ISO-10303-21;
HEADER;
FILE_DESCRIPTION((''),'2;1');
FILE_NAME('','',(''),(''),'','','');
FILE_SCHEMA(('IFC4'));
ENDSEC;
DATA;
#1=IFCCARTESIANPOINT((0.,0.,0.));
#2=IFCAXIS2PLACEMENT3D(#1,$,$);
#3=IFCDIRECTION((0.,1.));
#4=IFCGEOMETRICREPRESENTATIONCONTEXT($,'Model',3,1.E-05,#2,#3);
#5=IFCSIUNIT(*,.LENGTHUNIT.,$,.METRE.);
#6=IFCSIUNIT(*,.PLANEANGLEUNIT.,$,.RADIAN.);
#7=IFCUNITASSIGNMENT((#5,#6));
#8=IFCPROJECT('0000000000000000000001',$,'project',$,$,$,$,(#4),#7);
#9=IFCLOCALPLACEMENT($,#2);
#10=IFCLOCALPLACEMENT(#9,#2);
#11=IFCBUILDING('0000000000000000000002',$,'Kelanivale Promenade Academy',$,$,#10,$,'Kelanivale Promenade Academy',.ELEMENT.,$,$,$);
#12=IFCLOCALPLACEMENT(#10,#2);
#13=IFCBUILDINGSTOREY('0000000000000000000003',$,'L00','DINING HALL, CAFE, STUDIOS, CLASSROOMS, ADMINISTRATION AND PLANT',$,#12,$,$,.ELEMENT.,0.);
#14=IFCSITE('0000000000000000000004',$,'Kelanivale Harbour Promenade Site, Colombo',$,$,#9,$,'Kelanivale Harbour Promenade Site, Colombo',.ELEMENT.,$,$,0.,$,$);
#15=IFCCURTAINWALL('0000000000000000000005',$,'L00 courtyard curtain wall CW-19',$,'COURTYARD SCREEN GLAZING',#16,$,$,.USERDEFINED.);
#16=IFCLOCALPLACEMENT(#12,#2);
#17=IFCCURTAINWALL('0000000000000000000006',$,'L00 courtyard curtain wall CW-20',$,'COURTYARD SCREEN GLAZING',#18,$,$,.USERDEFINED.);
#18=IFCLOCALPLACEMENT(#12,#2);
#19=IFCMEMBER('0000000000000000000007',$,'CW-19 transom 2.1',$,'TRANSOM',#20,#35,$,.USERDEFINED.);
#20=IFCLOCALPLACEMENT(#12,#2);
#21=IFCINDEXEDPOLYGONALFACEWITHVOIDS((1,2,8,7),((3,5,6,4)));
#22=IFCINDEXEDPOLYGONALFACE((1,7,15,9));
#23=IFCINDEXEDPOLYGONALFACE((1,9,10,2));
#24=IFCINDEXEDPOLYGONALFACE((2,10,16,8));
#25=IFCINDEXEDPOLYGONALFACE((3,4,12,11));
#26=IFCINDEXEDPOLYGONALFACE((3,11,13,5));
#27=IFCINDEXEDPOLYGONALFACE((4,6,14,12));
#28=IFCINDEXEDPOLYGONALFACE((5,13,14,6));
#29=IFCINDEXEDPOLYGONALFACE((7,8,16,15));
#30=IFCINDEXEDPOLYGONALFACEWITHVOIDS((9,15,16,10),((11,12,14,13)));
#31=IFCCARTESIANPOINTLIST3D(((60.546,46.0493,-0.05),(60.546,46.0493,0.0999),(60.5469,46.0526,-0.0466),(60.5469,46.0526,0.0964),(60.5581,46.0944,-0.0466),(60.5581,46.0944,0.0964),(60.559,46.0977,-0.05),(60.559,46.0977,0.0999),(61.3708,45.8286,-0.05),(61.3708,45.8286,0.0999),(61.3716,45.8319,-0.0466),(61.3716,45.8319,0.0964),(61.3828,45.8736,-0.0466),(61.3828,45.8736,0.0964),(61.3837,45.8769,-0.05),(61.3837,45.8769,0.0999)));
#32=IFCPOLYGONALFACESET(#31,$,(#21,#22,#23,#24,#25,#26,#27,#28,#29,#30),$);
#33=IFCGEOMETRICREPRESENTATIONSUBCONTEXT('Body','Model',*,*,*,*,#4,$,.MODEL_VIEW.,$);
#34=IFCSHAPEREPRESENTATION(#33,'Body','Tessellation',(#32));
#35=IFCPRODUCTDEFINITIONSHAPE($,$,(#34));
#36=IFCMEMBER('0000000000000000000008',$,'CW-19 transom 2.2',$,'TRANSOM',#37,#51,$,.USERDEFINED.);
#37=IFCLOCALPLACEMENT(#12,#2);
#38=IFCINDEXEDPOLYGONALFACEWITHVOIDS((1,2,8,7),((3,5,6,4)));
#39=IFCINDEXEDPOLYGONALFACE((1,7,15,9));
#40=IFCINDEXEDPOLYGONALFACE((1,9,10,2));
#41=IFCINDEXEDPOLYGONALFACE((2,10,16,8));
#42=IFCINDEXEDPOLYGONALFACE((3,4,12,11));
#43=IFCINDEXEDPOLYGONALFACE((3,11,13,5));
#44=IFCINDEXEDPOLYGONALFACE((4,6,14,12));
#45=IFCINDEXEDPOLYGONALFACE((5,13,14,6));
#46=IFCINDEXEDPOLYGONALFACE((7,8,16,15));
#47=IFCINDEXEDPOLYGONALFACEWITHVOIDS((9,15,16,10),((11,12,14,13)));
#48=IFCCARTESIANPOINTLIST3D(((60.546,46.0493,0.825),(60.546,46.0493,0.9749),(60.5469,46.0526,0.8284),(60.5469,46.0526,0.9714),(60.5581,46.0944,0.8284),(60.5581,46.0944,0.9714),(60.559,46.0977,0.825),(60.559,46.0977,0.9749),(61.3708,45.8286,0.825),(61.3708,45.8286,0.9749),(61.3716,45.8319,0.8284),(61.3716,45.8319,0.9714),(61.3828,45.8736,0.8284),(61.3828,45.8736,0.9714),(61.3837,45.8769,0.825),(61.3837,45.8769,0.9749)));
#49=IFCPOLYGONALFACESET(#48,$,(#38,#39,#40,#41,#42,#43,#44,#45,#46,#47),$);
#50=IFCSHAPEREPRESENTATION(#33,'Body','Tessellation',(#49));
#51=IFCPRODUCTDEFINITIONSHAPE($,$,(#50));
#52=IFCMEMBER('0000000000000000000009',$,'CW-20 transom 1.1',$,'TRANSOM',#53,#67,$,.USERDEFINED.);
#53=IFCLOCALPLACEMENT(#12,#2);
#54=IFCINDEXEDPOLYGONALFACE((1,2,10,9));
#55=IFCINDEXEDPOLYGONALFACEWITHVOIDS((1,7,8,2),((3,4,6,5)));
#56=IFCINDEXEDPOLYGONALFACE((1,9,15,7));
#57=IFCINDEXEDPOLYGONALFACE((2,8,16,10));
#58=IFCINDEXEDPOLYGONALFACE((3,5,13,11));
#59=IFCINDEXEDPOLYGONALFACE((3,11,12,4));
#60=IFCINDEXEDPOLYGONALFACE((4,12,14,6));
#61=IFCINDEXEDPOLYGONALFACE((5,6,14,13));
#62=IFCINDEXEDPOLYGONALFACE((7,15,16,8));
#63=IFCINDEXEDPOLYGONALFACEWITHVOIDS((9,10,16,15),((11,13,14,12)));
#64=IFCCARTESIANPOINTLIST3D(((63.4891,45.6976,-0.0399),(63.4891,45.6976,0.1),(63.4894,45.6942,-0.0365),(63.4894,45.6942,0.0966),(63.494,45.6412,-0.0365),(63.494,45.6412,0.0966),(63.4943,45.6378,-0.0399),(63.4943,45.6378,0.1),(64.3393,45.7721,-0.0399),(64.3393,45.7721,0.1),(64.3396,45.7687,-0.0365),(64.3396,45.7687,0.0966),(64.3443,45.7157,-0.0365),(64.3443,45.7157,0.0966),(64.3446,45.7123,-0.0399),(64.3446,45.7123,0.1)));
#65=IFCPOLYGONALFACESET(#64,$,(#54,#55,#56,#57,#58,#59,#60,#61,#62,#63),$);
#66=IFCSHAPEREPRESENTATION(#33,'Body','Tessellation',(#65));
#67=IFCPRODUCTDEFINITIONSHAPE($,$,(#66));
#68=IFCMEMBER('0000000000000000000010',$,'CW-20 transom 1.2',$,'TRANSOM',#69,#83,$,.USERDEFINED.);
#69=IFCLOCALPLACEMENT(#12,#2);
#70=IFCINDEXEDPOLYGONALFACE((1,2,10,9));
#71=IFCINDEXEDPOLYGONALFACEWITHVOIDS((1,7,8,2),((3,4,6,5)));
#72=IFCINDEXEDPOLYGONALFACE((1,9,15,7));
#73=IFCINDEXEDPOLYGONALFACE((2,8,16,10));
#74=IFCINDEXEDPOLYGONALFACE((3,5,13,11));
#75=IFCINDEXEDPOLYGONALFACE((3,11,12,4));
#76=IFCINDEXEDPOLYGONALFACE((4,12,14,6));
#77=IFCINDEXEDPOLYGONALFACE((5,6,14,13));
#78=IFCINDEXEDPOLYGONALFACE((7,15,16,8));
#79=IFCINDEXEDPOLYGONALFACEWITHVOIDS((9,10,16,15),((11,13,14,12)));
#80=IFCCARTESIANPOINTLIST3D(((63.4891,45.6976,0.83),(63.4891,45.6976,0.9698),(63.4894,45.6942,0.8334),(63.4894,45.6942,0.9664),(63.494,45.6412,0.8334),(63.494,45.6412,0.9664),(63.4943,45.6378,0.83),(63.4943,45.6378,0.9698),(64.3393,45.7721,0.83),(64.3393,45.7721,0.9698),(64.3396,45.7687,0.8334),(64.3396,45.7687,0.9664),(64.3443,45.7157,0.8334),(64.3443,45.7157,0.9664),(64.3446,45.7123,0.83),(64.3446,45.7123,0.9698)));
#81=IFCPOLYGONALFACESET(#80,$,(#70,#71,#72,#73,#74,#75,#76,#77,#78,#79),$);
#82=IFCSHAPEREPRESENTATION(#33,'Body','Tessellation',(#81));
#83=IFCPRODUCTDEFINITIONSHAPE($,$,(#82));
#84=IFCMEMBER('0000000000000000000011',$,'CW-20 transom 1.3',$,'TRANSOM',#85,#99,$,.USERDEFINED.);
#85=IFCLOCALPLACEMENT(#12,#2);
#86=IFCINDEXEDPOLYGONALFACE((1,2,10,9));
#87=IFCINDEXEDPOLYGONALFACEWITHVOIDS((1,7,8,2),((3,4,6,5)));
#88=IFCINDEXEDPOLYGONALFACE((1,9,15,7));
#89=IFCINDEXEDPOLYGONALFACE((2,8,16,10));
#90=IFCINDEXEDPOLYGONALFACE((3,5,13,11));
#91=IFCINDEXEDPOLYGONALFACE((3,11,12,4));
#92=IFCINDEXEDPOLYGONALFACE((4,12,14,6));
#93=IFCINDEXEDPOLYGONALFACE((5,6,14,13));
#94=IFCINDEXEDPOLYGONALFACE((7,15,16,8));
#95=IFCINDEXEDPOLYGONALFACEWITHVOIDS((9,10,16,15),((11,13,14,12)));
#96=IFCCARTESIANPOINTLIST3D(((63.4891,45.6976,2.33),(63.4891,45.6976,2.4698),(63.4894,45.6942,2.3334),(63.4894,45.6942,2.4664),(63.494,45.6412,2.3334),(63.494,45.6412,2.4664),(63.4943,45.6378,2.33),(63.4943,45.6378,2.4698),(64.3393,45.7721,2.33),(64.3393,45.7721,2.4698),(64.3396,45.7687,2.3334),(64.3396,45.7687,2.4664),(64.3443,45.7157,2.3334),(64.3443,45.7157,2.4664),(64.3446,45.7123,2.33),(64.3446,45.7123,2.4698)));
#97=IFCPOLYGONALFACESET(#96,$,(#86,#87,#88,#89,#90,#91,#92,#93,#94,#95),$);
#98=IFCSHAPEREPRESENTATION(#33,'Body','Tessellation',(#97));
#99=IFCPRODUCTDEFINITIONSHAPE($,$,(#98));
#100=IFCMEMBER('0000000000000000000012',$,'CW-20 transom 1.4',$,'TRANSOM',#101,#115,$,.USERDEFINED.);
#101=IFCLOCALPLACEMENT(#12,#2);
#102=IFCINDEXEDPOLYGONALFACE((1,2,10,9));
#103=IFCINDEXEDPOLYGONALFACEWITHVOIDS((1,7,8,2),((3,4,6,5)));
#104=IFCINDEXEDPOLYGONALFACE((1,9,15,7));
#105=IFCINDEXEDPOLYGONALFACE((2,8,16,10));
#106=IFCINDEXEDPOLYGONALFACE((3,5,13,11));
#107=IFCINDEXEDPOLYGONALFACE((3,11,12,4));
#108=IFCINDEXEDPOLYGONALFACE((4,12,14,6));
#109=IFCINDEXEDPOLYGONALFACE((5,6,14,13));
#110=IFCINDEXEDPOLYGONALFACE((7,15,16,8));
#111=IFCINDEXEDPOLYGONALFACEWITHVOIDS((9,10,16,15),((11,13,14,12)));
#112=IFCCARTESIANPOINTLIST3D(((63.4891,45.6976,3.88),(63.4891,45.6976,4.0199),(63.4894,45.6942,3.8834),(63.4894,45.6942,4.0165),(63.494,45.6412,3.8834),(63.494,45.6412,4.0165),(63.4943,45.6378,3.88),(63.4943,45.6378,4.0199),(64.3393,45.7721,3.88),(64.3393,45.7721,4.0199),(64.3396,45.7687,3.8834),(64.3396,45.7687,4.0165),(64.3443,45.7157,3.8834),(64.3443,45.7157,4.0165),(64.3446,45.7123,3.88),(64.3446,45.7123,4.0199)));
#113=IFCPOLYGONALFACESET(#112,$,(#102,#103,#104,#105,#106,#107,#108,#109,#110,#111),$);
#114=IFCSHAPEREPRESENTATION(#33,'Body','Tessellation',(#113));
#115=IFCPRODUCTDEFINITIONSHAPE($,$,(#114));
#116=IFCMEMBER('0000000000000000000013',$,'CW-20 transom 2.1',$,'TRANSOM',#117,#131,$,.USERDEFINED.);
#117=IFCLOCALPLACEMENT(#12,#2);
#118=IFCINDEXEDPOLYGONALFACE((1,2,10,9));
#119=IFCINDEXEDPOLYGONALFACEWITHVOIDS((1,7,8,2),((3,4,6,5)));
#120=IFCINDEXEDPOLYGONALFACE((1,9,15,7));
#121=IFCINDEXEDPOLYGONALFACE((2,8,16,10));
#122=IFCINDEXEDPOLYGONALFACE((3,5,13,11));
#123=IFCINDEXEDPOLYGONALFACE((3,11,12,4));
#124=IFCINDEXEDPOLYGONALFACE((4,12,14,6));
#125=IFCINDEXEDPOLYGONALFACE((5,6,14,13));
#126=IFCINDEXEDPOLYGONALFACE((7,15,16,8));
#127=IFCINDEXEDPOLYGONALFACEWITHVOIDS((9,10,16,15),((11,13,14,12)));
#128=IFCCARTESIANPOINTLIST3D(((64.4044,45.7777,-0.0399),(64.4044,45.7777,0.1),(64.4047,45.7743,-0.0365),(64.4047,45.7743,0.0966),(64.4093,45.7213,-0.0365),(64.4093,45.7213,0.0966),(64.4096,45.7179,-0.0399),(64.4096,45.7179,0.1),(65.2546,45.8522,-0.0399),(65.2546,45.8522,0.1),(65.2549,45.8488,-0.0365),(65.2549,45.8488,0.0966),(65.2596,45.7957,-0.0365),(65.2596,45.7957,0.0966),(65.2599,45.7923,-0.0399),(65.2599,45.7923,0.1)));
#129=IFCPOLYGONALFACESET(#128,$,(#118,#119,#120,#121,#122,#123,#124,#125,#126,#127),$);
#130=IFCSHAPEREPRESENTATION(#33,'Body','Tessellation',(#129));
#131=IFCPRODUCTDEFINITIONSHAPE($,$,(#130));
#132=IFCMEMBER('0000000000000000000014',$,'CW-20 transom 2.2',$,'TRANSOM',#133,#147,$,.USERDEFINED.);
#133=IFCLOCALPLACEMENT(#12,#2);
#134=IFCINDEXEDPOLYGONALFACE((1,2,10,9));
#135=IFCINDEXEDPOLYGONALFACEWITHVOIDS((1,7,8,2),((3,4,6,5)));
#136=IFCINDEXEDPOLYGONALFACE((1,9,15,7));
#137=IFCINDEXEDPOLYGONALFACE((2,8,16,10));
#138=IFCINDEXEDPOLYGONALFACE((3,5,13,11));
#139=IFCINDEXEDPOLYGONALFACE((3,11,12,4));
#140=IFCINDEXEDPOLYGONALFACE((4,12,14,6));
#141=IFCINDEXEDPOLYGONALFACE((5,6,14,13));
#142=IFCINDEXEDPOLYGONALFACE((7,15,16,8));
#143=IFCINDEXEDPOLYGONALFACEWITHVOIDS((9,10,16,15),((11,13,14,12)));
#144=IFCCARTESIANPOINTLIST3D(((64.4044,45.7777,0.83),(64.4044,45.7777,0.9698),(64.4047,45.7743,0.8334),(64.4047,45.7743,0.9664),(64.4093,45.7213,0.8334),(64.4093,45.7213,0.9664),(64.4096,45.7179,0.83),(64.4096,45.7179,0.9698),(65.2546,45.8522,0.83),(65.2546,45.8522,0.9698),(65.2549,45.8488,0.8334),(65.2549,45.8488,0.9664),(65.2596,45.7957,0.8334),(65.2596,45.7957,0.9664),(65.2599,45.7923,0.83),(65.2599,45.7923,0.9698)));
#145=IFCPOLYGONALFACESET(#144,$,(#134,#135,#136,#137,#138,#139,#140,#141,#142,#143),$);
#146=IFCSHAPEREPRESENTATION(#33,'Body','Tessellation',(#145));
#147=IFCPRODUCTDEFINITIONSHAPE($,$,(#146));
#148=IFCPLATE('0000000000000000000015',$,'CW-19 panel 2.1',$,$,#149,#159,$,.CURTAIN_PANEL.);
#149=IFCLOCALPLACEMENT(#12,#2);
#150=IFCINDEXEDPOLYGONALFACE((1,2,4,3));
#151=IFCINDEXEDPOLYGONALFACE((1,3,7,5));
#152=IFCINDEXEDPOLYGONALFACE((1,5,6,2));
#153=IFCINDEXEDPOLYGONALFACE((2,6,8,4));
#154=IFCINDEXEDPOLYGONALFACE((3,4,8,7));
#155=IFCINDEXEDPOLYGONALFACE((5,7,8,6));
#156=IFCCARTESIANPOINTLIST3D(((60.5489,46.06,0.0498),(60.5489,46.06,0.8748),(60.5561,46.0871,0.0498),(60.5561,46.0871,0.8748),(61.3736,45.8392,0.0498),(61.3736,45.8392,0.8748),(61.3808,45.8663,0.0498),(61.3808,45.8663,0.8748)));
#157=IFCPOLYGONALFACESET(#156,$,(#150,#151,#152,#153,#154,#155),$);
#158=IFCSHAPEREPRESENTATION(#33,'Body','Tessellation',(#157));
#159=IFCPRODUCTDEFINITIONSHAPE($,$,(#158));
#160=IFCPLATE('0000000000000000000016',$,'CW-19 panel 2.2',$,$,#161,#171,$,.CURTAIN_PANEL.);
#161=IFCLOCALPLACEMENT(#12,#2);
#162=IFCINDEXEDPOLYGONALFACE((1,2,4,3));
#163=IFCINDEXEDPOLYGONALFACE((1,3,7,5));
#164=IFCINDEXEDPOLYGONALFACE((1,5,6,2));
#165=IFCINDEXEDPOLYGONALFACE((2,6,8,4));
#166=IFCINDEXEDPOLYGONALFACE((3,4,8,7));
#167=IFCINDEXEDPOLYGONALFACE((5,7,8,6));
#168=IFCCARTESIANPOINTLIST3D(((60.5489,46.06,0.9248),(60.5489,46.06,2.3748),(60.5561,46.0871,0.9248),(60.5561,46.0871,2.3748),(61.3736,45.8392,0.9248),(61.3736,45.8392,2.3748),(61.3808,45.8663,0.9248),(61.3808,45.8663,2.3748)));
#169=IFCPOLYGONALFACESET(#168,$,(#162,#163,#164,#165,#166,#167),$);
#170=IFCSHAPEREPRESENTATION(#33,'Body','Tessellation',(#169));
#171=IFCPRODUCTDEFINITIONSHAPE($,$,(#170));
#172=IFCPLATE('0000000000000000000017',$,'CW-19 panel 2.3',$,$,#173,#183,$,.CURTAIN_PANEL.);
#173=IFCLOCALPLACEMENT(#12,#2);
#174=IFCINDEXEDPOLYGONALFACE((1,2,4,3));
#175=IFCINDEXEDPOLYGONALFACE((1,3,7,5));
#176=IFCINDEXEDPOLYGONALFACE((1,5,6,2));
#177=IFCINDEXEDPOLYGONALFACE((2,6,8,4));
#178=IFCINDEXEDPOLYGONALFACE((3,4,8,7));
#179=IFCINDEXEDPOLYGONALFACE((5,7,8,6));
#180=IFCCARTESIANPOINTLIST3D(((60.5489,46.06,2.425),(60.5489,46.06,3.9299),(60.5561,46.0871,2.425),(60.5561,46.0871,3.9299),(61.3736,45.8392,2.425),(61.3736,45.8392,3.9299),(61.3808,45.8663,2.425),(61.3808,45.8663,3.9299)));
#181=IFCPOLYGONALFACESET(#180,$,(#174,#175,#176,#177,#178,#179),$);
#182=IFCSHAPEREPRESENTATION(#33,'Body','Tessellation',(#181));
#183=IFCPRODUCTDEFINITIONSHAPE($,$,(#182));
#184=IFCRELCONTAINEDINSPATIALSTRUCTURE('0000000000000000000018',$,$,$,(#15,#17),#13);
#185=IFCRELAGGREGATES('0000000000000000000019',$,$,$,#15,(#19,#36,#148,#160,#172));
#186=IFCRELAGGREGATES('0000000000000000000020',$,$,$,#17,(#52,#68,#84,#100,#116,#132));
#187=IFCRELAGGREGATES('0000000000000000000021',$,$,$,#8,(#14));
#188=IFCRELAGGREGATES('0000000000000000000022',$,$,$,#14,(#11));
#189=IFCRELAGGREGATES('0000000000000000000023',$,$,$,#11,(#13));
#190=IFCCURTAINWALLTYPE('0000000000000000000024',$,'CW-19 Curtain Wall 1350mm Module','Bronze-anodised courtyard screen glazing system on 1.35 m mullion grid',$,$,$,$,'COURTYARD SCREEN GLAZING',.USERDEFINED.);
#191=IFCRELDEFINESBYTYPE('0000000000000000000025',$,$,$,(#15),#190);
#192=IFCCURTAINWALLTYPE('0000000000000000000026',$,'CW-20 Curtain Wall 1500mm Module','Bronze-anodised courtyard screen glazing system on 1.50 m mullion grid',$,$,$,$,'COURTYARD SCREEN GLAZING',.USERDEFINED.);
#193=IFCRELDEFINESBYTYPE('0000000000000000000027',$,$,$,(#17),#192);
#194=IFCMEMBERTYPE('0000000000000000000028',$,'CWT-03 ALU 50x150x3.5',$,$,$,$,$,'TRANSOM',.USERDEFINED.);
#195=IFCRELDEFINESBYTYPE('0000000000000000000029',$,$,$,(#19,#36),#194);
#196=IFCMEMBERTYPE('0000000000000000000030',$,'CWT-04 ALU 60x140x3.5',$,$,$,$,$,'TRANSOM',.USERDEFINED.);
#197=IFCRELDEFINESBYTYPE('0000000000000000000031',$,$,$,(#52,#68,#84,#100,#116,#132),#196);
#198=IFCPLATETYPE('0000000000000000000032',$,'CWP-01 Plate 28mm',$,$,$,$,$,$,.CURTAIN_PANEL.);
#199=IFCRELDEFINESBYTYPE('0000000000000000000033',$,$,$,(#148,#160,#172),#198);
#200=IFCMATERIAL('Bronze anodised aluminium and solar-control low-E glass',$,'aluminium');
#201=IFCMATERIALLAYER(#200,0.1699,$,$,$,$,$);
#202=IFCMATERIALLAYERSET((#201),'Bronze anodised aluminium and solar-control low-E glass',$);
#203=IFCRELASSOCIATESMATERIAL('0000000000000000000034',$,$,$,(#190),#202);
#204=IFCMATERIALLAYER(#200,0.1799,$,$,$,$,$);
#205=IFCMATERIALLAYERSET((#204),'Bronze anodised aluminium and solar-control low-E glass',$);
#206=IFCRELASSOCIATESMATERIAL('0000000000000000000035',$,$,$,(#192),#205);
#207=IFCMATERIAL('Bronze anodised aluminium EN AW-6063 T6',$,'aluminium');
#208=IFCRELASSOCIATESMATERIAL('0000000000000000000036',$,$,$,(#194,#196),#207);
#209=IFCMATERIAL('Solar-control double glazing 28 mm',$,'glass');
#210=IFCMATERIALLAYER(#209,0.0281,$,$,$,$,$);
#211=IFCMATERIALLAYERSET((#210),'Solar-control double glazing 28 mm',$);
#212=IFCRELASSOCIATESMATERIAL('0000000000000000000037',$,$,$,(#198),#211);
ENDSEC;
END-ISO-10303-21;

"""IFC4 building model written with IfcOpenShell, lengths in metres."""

from ifc_helpers import new_model, si_unit, direction, frame, origin, origin_2d, place, context, subcontext, project, spatial, rectangle, hollow_rectangle, extrude, material, layer, layer_set, material_profile, profile_set, type_object, element, aggregate, save


model = new_model("IFC4")

# Units and contexts
model_context = context("Model", 3, precision=1e-05, world=origin(), true_north=direction((0.0, 1.0)))
body_context = subcontext(model_context, "Body", "Model", "MODEL_VIEW")
ifc_project = project(units=[si_unit("LENGTHUNIT", "METRE"), si_unit("PLANEANGLEUNIT", "RADIAN")], contexts=[model_context])

# Site, building, storey
site_placement = place(None, origin())
site = spatial("IfcSite", under=ifc_project, at=site_placement, Name="Kelanivale Harbour Promenade Site, Colombo", LongName="Kelanivale Harbour Promenade Site, Colombo", CompositionType="ELEMENT", RefElevation=0.0)
building_placement = place(site_placement, origin())
building = spatial("IfcBuilding", under=site, at=building_placement, Name="Kelanivale Promenade Academy", LongName="Kelanivale Promenade Academy", CompositionType="ELEMENT")
storey_placement = place(building_placement, origin())
storey = spatial("IfcBuildingStorey", under=building, at=storey_placement, Name="L00", Description="DINING HALL, CAFE, STUDIOS, CLASSROOMS, ADMINISTRATION AND PLANT", CompositionType="ELEMENT", Elevation=0.0)

# Curtain wall
ifc_material_1 = material(Name="Bronze anodised aluminium and solar-control low-E glass", Category="aluminium")
ifc_layer_1 = layer(ifc_material_1, 0.1699)
ifc_layer_set_1 = layer_set([ifc_layer_1], Name="Bronze anodised aluminium and solar-control low-E glass")
curtain_wall_type_1 = type_object("IfcCurtainWallType", Name="CW-19 Curtain Wall 1350mm Module", Description="Bronze-anodised courtyard screen glazing system on 1.35 m mullion grid", ElementType="COURTYARD SCREEN GLAZING", PredefinedType="USERDEFINED", material=ifc_layer_set_1)
curtain_wall_1_placement = place(storey_placement, origin())
curtain_wall_1 = element("IfcCurtainWall", 1, at=curtain_wall_1_placement, inside=storey, type_object=curtain_wall_type_1, Name="L00 courtyard curtain wall CW-19", ObjectType="COURTYARD SCREEN GLAZING", PredefinedType="USERDEFINED")
ifc_material_2 = material(Name="Bronze anodised aluminium EN AW-6063 T6", Category="aluminium")

# Curtain wall
ifc_layer_2 = layer(ifc_material_1, 0.1799)
ifc_layer_set_2 = layer_set([ifc_layer_2], Name="Bronze anodised aluminium and solar-control low-E glass")
curtain_wall_type_2 = type_object("IfcCurtainWallType", Name="CW-20 Curtain Wall 1500mm Module", Description="Bronze-anodised courtyard screen glazing system on 1.50 m mullion grid", ElementType="COURTYARD SCREEN GLAZING", PredefinedType="USERDEFINED", material=ifc_layer_set_2)
curtain_wall_2_placement = place(storey_placement, origin())
curtain_wall_2 = element("IfcCurtainWall", 2, at=curtain_wall_2_placement, inside=storey, type_object=curtain_wall_type_2, Name="L00 courtyard curtain wall CW-20", ObjectType="COURTYARD SCREEN GLAZING", PredefinedType="USERDEFINED")

# Members
ifc_material_profile_1 = material_profile(ifc_material_2, hollow_rectangle(XDim=0.05, YDim=0.1499, WallThickness=0.0034, at=origin_2d()), Name="ALU 50x150x3.5")
ifc_profile_set_1 = profile_set([ifc_material_profile_1], Name="Bronze anodised aluminium EN AW-6063 T6")
member_type_1 = type_object("IfcMemberType", Name="CWT-03 ALU 50x150x3.5", ElementType="TRANSOM", PredefinedType="USERDEFINED", material=ifc_profile_set_1)
member_1_placement = place(storey_placement, frame((60.5525, 46.0735, 0.0249), z_axis=(0.966007, -0.258517, 0.0), x_axis=(0.258517, 0.966007, 0.0)))
member_1 = element("IfcMember", 3, at=member_1_placement, type_object=member_type_1, Name="CW-19 transom 2.1", ObjectType="TRANSOM", PredefinedType="USERDEFINED", context=body_context, shape_type="SweptSolid", body=[
    extrude(hollow_rectangle(XDim=0.05, YDim=0.1499, WallThickness=0.0034, at=origin_2d()), origin(), (0.0, 0.0, 1.0), 0.8538),
])
member_2_placement = place(storey_placement, frame((60.5525, 46.0735, 0.8999), z_axis=(0.966007, -0.258517, 0.0), x_axis=(0.258517, 0.966007, 0.0)))
member_2 = element("IfcMember", 4, at=member_2_placement, type_object=member_type_1, Name="CW-19 transom 2.2", ObjectType="TRANSOM", PredefinedType="USERDEFINED", context=body_context, shape_type="SweptSolid", body=[
    extrude(hollow_rectangle(XDim=0.05, YDim=0.1499, WallThickness=0.0034, at=origin_2d()), origin(), (0.0, 0.0, 1.0), 0.8538),
])
ifc_material_profile_2 = material_profile(ifc_material_2, hollow_rectangle(XDim=0.0601, YDim=0.1399, WallThickness=0.0034, at=origin_2d()), Name="ALU 60x140x3.5")
ifc_profile_set_2 = profile_set([ifc_material_profile_2], Name="Bronze anodised aluminium EN AW-6063 T6")
member_type_2 = type_object("IfcMemberType", Name="CWT-04 ALU 60x140x3.5", ElementType="TRANSOM", PredefinedType="USERDEFINED", material=ifc_profile_set_2)
member_3_placement = place(storey_placement, frame((63.4917, 45.6677, 0.03), z_axis=(0.996188, 0.087234, 0.0), x_axis=(-0.087234, 0.996188, 0.0)))
member_3 = element("IfcMember", 5, at=member_3_placement, type_object=member_type_2, Name="CW-20 transom 1.1", ObjectType="TRANSOM", PredefinedType="USERDEFINED", context=body_context, shape_type="SweptSolid", body=[
    extrude(hollow_rectangle(XDim=0.0601, YDim=0.1399, WallThickness=0.0034, at=origin_2d()), origin(), (0.0, 0.0, 1.0), 0.8535),
])
member_4_placement = place(storey_placement, frame((63.4917, 45.6677, 0.8999), z_axis=(0.996188, 0.087234, 0.0), x_axis=(-0.087234, 0.996188, 0.0)))
member_4 = element("IfcMember", 6, at=member_4_placement, type_object=member_type_2, Name="CW-20 transom 1.2", ObjectType="TRANSOM", PredefinedType="USERDEFINED", context=body_context, shape_type="SweptSolid", body=[
    extrude(hollow_rectangle(XDim=0.0601, YDim=0.1399, WallThickness=0.0034, at=origin_2d()), origin(), (0.0, 0.0, 1.0), 0.8535),
])
member_5_placement = place(storey_placement, frame((63.4917, 45.6677, 2.3999), z_axis=(0.996188, 0.087234, 0.0), x_axis=(-0.087234, 0.996188, 0.0)))
member_5 = element("IfcMember", 7, at=member_5_placement, type_object=member_type_2, Name="CW-20 transom 1.3", ObjectType="TRANSOM", PredefinedType="USERDEFINED", context=body_context, shape_type="SweptSolid", body=[
    extrude(hollow_rectangle(XDim=0.0601, YDim=0.1399, WallThickness=0.0034, at=origin_2d()), origin(), (0.0, 0.0, 1.0), 0.8535),
])
member_6_placement = place(storey_placement, frame((63.4917, 45.6677, 3.95), z_axis=(0.996188, 0.087234, 0.0), x_axis=(-0.087234, 0.996188, 0.0)))
member_6 = element("IfcMember", 8, at=member_6_placement, type_object=member_type_2, Name="CW-20 transom 1.4", ObjectType="TRANSOM", PredefinedType="USERDEFINED", context=body_context, shape_type="SweptSolid", body=[
    extrude(hollow_rectangle(XDim=0.0601, YDim=0.1399, WallThickness=0.0034, at=origin_2d()), origin(), (0.0, 0.0, 1.0), 0.8535),
])
member_7_placement = place(storey_placement, frame((64.407, 45.7478, 0.03), z_axis=(0.996188, 0.087234, 0.0), x_axis=(-0.087234, 0.996188, 0.0)))
member_7 = element("IfcMember", 9, at=member_7_placement, type_object=member_type_2, Name="CW-20 transom 2.1", ObjectType="TRANSOM", PredefinedType="USERDEFINED", context=body_context, shape_type="SweptSolid", body=[
    extrude(hollow_rectangle(XDim=0.0601, YDim=0.1399, WallThickness=0.0034, at=origin_2d()), origin(), (0.0, 0.0, 1.0), 0.8535),
])
member_8_placement = place(storey_placement, frame((64.407, 45.7478, 0.8999), z_axis=(0.996188, 0.087234, 0.0), x_axis=(-0.087234, 0.996188, 0.0)))
member_8 = element("IfcMember", 10, at=member_8_placement, type_object=member_type_2, Name="CW-20 transom 2.2", ObjectType="TRANSOM", PredefinedType="USERDEFINED", context=body_context, shape_type="SweptSolid", body=[
    extrude(hollow_rectangle(XDim=0.0601, YDim=0.1399, WallThickness=0.0034, at=origin_2d()), origin(), (0.0, 0.0, 1.0), 0.8535),
])

# Plates
ifc_material_3 = material(Name="Solar-control double glazing 28 mm", Category="glass")
ifc_layer_3 = layer(ifc_material_3, 0.0281)
ifc_layer_set_3 = layer_set([ifc_layer_3], Name="Solar-control double glazing 28 mm")
plate_type_1 = type_object("IfcPlateType", Name="CWP-01 Plate 28mm", PredefinedType="CURTAIN_PANEL", material=ifc_layer_set_3)
plate_1_placement = place(storey_placement, frame((60.9648, 45.9631, 0.0498), z_axis=(0.0, 0.0, 1.0), x_axis=(0.96599, -0.258578, 0.0)))
plate_1 = element("IfcPlate", 11, at=plate_1_placement, type_object=plate_type_1, Name="CW-19 panel 2.1", PredefinedType="CURTAIN_PANEL", context=body_context, shape_type="SweptSolid", body=[
    extrude(rectangle(XDim=0.8538, YDim=0.0281, at=origin_2d()), origin(), (0.0, 0.0, 1.0), 0.825),
])
plate_2_placement = place(storey_placement, frame((60.9648, 45.9631, 0.9248), z_axis=(0.0, 0.0, 1.0), x_axis=(0.96599, -0.258578, 0.0)))
plate_2 = element("IfcPlate", 12, at=plate_2_placement, type_object=plate_type_1, Name="CW-19 panel 2.2", PredefinedType="CURTAIN_PANEL", context=body_context, shape_type="SweptSolid", body=[
    extrude(rectangle(XDim=0.8538, YDim=0.0281, at=origin_2d()), origin(), (0.0, 0.0, 1.0), 1.45),
])
plate_3_placement = place(storey_placement, frame((60.9648, 45.9631, 2.425), z_axis=(0.0, 0.0, 1.0), x_axis=(0.96599, -0.258578, 0.0)))
plate_3 = element("IfcPlate", 13, at=plate_3_placement, type_object=plate_type_1, Name="CW-19 panel 2.3", PredefinedType="CURTAIN_PANEL", context=body_context, shape_type="SweptSolid", body=[
    extrude(rectangle(XDim=0.8538, YDim=0.0281, at=origin_2d()), origin(), (0.0, 0.0, 1.0), 1.5049),
])
aggregate(curtain_wall_1, [member_1, member_2, plate_1, plate_2, plate_3])
aggregate(curtain_wall_2, [member_3, member_4, member_5, member_6, member_7, member_8])

save(model, "model.ifc")
